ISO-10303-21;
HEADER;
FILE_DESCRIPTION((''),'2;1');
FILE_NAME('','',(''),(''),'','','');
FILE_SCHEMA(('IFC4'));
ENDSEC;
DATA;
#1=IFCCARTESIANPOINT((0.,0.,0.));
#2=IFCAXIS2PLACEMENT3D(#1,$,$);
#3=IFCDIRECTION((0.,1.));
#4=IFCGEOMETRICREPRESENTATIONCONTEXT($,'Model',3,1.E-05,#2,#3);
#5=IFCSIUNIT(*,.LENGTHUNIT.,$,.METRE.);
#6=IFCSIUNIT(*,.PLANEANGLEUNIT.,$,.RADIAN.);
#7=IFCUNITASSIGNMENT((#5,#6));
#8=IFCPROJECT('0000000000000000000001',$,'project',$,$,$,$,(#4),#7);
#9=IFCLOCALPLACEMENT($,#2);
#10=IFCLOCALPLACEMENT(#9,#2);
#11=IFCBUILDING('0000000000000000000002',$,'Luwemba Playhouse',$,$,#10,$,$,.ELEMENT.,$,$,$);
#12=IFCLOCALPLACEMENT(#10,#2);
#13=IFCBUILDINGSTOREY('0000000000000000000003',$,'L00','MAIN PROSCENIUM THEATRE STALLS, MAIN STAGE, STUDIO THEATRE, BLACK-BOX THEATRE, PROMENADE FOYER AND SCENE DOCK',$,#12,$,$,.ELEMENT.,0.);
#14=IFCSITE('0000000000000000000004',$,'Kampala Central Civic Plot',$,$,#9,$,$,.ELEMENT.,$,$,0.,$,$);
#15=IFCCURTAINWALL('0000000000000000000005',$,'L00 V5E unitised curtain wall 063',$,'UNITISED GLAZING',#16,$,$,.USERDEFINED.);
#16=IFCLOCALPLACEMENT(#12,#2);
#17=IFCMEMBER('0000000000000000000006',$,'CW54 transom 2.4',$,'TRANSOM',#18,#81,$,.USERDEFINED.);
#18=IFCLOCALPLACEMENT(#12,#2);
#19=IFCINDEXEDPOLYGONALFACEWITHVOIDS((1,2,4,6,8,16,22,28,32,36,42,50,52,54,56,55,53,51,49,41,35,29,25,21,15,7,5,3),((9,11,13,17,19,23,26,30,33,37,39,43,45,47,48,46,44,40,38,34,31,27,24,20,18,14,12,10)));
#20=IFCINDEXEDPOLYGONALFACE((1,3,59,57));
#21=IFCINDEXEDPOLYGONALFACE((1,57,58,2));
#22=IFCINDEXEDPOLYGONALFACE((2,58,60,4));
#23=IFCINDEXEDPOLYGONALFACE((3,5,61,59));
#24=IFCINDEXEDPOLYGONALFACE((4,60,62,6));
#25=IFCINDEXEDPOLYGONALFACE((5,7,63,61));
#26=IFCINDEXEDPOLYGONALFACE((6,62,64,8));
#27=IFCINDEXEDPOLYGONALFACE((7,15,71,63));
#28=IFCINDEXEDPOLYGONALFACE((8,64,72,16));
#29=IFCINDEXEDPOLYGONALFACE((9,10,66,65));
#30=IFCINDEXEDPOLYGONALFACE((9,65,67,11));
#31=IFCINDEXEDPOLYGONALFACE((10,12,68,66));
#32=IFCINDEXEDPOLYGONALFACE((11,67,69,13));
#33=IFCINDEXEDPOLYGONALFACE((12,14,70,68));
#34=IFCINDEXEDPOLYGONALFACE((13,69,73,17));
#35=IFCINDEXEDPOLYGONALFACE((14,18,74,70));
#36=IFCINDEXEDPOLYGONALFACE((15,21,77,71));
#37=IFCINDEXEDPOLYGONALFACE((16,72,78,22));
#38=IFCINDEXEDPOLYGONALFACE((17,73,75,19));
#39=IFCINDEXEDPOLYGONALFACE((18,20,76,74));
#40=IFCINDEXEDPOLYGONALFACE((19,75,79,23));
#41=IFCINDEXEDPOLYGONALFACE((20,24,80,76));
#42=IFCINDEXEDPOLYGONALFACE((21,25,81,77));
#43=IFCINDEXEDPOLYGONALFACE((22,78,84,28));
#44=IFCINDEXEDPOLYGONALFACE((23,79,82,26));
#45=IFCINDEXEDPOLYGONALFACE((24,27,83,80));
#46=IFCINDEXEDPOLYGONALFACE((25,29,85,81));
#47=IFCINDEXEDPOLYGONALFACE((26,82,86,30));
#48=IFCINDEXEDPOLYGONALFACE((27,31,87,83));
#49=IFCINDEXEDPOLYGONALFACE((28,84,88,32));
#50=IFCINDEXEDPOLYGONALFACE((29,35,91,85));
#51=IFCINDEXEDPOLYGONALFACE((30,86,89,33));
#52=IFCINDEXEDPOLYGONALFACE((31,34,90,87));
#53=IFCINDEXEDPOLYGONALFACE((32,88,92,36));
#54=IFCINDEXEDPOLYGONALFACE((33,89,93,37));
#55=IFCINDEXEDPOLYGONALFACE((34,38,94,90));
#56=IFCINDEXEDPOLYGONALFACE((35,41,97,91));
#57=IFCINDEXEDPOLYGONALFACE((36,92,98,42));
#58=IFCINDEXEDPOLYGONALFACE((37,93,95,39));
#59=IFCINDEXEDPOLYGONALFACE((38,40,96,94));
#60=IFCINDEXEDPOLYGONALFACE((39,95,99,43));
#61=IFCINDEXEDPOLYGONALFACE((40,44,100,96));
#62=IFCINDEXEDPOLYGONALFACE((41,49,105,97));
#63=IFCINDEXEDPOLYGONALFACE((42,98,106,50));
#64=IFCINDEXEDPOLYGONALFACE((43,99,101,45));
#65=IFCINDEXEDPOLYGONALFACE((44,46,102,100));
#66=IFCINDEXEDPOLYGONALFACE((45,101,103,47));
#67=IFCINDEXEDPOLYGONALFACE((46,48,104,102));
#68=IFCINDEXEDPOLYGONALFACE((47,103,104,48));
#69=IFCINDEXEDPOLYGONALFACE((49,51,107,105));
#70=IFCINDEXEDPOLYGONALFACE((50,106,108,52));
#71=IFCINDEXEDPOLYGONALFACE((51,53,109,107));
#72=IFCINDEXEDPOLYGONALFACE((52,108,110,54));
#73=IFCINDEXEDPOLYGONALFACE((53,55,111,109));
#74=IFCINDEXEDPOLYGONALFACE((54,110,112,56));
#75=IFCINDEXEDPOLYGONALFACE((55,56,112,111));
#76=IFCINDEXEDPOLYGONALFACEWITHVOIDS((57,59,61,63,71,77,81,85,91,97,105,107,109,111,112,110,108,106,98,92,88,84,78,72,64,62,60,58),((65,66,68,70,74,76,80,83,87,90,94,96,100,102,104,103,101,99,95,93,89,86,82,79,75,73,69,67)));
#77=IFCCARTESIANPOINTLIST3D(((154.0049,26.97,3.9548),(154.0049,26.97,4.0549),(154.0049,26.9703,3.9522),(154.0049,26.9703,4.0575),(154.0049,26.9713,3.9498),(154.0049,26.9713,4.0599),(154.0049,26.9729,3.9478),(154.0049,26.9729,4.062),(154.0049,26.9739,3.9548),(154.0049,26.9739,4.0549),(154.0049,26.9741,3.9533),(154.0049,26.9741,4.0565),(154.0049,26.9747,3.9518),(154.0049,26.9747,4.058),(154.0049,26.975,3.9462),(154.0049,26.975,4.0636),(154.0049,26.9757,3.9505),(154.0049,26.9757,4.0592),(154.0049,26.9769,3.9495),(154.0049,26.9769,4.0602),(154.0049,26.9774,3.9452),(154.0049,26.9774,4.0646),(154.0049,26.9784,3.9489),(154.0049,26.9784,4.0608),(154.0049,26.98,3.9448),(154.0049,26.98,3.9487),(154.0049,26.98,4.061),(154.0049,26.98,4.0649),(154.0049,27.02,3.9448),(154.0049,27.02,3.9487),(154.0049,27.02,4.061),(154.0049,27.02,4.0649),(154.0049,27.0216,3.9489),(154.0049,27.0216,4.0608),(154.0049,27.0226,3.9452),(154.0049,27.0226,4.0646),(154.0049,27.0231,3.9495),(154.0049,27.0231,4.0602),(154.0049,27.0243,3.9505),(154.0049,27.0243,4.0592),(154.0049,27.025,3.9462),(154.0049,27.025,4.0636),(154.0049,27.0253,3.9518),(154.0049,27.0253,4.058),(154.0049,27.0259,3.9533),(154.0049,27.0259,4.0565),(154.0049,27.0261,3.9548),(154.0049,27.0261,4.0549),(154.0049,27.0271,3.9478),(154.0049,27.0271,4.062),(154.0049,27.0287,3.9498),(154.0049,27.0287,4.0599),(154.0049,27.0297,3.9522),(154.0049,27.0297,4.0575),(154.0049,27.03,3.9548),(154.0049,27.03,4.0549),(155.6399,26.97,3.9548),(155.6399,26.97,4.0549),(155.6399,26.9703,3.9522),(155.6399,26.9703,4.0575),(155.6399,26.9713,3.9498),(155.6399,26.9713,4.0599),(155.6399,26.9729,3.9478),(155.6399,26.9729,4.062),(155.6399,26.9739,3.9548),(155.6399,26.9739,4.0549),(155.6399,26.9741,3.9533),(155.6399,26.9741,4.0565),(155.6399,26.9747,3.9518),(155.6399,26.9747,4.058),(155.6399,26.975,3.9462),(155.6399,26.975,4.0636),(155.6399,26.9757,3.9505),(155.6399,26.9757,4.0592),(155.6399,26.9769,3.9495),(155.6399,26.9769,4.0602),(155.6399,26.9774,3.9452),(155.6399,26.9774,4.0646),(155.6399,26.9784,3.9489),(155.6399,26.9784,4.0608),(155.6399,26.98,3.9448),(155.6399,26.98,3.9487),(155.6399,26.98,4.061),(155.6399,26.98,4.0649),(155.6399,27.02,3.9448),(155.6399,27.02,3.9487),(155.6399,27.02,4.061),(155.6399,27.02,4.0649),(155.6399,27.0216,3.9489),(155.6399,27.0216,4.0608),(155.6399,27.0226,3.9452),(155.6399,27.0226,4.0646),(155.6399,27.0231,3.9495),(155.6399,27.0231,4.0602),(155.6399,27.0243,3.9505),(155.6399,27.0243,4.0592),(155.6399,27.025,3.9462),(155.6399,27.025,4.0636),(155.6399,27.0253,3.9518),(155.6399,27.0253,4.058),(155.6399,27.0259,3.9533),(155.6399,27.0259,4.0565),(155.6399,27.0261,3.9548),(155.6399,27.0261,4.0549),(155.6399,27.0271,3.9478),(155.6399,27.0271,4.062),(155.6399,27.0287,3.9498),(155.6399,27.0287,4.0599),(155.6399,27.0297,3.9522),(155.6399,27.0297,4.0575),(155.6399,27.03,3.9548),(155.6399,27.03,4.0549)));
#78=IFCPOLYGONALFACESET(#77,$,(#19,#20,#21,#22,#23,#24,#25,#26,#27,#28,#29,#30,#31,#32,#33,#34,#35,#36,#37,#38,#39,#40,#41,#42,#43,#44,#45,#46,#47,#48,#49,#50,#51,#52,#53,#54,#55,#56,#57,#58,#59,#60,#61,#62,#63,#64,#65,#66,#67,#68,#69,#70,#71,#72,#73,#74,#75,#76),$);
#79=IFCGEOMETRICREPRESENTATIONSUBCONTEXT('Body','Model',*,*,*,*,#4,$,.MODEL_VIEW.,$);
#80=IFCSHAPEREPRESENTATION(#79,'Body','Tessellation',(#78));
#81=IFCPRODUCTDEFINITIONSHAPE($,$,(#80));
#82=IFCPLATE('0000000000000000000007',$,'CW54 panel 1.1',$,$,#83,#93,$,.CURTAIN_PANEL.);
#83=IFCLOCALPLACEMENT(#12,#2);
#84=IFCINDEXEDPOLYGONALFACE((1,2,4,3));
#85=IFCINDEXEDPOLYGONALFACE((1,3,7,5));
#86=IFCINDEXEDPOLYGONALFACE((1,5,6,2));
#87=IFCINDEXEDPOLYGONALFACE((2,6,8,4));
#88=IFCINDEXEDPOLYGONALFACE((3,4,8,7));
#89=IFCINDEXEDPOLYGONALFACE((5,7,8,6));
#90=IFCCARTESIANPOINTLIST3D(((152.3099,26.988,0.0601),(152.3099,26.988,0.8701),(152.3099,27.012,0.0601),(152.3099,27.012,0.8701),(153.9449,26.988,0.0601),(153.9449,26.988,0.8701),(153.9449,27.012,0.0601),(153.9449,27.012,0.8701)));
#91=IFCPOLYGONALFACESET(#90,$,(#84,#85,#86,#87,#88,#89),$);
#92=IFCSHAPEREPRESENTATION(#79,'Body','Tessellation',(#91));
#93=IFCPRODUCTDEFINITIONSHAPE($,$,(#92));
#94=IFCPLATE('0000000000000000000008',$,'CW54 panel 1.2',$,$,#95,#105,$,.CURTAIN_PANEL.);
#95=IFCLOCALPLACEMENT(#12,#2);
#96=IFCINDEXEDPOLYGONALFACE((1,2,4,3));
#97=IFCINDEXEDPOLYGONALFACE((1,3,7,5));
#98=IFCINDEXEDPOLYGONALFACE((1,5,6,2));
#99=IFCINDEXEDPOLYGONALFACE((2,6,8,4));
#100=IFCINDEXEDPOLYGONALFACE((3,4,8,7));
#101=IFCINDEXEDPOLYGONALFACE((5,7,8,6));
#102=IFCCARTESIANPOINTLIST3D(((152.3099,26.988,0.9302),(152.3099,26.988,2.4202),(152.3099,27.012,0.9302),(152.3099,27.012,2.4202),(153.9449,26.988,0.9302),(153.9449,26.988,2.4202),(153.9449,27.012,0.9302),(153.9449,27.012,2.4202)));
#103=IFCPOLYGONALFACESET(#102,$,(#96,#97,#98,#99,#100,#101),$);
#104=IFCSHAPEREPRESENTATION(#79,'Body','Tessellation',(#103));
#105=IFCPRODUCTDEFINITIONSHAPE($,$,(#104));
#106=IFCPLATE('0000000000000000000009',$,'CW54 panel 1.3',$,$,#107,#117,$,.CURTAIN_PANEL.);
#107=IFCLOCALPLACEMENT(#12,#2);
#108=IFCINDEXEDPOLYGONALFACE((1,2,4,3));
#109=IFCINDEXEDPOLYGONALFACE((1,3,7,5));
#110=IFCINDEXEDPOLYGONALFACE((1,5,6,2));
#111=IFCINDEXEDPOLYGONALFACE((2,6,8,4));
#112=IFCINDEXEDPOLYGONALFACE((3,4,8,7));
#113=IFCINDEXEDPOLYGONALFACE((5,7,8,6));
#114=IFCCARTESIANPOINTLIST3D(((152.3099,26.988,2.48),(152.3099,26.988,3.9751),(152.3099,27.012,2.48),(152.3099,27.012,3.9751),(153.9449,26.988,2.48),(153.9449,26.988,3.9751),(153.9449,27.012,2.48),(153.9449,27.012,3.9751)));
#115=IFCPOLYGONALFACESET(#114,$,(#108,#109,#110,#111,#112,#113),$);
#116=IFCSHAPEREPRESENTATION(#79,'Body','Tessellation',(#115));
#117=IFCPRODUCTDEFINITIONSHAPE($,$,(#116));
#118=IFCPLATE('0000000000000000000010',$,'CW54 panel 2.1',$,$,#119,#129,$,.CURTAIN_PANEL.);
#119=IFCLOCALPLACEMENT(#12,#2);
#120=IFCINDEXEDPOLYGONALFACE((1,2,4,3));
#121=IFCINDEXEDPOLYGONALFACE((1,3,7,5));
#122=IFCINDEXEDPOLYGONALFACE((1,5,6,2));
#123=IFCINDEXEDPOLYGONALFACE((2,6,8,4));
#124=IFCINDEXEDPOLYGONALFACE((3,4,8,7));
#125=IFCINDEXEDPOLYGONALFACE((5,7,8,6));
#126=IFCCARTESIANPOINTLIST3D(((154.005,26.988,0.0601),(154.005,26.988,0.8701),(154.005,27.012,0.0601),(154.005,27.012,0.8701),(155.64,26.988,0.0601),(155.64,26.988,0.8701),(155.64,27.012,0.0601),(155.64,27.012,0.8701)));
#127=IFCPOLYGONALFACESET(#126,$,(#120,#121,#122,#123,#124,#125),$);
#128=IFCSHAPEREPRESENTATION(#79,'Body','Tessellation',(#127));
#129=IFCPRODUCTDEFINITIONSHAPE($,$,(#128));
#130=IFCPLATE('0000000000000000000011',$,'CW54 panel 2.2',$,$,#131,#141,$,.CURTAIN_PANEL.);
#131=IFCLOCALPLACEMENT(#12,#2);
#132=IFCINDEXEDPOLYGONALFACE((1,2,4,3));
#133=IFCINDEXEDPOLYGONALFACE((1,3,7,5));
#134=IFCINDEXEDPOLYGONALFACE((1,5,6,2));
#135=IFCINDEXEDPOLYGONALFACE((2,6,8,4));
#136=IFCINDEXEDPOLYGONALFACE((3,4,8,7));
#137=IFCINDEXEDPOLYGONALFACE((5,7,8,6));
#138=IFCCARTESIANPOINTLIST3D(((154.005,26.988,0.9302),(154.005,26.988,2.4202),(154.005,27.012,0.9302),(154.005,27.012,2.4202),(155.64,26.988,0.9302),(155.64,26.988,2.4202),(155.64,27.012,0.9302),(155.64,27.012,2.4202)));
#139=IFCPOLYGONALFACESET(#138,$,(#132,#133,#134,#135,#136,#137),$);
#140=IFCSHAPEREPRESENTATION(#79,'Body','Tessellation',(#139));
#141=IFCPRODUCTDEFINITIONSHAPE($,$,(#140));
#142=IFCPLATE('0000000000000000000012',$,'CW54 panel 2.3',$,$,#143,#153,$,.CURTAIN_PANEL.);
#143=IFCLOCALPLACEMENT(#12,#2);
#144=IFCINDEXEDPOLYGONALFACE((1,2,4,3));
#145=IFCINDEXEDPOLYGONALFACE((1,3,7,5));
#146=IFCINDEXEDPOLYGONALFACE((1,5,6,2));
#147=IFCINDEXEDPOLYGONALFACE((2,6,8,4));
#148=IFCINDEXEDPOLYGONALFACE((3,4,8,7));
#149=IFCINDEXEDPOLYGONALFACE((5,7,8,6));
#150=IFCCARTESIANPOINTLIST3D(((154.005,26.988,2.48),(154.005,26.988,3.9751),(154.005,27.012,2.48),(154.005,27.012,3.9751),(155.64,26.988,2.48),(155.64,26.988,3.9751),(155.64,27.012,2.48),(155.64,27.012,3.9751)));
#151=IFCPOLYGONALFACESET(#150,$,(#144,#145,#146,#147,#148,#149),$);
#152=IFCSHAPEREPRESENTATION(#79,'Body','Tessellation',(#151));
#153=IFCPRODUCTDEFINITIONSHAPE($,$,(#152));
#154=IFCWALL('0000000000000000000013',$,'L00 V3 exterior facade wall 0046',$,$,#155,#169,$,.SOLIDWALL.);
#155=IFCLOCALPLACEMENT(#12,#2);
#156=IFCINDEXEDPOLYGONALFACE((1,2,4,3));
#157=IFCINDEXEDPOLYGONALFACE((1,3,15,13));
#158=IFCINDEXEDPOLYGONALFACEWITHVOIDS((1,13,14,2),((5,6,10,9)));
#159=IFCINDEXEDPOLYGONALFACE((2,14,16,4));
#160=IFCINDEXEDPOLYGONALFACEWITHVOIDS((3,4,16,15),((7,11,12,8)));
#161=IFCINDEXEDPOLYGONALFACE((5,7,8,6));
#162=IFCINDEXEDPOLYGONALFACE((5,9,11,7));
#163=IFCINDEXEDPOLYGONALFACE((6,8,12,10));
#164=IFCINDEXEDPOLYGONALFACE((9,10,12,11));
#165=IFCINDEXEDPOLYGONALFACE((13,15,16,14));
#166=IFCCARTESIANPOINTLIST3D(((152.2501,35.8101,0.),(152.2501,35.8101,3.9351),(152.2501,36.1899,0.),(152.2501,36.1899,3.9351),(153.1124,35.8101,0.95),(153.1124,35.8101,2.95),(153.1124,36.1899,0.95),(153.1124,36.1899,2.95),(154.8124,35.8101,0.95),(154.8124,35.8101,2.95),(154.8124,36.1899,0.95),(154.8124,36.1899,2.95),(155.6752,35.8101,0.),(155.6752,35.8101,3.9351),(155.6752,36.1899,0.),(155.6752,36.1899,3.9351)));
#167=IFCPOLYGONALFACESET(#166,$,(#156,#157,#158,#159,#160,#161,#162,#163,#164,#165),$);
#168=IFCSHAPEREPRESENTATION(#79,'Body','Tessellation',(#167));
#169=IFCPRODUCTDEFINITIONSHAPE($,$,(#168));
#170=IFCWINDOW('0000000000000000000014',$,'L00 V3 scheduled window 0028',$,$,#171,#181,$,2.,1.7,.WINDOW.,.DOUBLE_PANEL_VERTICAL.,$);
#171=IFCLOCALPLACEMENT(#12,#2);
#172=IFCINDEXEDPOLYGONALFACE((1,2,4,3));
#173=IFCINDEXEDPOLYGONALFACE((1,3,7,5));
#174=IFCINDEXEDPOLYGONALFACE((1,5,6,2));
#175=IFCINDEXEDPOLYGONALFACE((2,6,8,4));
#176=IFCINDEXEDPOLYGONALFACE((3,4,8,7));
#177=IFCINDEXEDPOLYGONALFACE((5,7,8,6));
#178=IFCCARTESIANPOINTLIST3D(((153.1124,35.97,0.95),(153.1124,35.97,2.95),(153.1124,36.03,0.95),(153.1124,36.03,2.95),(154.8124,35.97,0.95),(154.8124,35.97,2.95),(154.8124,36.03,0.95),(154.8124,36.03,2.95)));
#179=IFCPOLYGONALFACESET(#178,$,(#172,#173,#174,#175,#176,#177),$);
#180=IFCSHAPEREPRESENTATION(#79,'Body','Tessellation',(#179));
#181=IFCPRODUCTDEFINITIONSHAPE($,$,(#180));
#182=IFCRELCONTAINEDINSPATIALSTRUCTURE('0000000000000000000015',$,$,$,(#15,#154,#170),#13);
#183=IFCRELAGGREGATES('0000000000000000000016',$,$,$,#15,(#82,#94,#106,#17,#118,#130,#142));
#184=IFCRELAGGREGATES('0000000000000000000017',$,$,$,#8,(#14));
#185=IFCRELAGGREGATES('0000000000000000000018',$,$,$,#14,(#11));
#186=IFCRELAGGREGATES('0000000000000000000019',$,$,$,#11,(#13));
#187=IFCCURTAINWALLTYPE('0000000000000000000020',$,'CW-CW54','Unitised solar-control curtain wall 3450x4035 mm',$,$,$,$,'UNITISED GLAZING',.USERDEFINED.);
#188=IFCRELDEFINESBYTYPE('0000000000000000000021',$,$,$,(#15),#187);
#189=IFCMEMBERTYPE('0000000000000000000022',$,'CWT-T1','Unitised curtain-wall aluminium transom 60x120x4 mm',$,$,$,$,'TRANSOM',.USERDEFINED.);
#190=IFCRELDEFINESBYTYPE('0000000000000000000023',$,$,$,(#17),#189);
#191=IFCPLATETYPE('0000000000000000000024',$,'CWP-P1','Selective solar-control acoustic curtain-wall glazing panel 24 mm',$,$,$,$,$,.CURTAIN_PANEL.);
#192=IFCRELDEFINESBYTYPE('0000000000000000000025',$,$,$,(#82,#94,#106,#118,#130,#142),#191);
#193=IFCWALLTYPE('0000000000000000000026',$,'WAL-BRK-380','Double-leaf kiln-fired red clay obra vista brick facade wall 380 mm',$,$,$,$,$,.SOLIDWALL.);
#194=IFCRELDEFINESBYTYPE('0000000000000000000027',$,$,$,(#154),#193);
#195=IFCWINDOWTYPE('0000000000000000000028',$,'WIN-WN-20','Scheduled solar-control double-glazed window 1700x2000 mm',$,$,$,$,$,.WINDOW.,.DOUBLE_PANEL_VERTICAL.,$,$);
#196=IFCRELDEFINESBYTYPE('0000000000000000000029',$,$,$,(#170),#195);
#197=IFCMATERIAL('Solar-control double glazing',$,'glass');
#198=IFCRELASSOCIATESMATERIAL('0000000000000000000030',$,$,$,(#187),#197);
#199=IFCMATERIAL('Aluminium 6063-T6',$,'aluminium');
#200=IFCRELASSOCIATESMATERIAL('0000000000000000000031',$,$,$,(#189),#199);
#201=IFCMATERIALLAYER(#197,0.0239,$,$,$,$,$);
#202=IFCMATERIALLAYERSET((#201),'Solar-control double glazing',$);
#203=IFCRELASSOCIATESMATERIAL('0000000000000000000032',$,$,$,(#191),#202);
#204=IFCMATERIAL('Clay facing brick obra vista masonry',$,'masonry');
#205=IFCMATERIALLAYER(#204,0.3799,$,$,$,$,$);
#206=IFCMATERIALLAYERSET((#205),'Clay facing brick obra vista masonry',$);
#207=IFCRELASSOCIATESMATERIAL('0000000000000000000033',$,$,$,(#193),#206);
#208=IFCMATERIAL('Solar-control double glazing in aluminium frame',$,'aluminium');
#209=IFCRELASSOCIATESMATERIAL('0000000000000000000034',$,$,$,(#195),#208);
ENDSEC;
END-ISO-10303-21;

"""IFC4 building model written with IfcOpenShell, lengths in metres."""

from ifc_helpers import new_model, si_unit, direction, frame, frame_2d, origin, origin_2d, place, context, subcontext, project, spatial, rectangle, hollow_rectangle, extrude, material, layer, layer_set, material_profile, profile_set, type_object, element, fill, aggregate, save


model = new_model("IFC4")

# Units and contexts
model_context = context("Model", 3, precision=1e-05, world=origin(), true_north=direction((0.0, 1.0)))
body_context = subcontext(model_context, "Body", "Model", "MODEL_VIEW")
ifc_project = project(units=[si_unit("LENGTHUNIT", "METRE"), si_unit("PLANEANGLEUNIT", "RADIAN")], contexts=[model_context])

# Site, building, storey
site_placement = place(None, origin())
site = spatial("IfcSite", under=ifc_project, at=site_placement, Name="Kampala Central Civic Plot", CompositionType="ELEMENT", RefElevation=0.0)
building_placement = place(site_placement, origin())
building = spatial("IfcBuilding", under=site, at=building_placement, Name="Luwemba Playhouse", CompositionType="ELEMENT")
storey_placement = place(building_placement, origin())
storey = spatial("IfcBuildingStorey", under=building, at=storey_placement, Name="L00", Description="MAIN PROSCENIUM THEATRE STALLS, MAIN STAGE, STUDIO THEATRE, BLACK-BOX THEATRE, PROMENADE FOYER AND SCENE DOCK", CompositionType="ELEMENT", Elevation=0.0)

# Curtain wall, member, plates
ifc_material_1 = material(Name="Solar-control double glazing", Category="glass")
curtain_wall_type = type_object("IfcCurtainWallType", Name="CW-CW54", Description="Unitised solar-control curtain wall 3450x4035 mm", ElementType="UNITISED GLAZING", PredefinedType="USERDEFINED", material=ifc_material_1)
curtain_wall_placement = place(storey_placement, origin())
curtain_wall = element("IfcCurtainWall", 1, at=curtain_wall_placement, inside=storey, type_object=curtain_wall_type, Name="L00 V5E unitised curtain wall 063", ObjectType="UNITISED GLAZING", PredefinedType="USERDEFINED")
ifc_material_2 = material(Name="Aluminium 6063-T6", Category="aluminium")
ifc_material_profile_1 = material_profile(ifc_material_2, hollow_rectangle(XDim=0.0601, YDim=0.1201, WallThickness=0.0039, InnerFilletRadius=0.0061, OuterFilletRadius=0.01, at=origin_2d()))
ifc_profile_set_1 = profile_set([ifc_material_profile_1], Name="Aluminium 6063-T6")
member_type_1 = type_object("IfcMemberType", Name="CWT-T1", Description="Unitised curtain-wall aluminium transom 60x120x4 mm", ElementType="TRANSOM", PredefinedType="USERDEFINED", material=ifc_profile_set_1)
member_1_placement = place(storey_placement, frame((154.0049, 27.0, 4.0049), z_axis=(1.0, 0.0, 0.0), x_axis=(0.0, 1.0, 0.0)))
member_1 = element("IfcMember", 2, at=member_1_placement, type_object=member_type_1, Name="CW54 transom 2.4", ObjectType="TRANSOM", PredefinedType="USERDEFINED", context=body_context, shape_type="SweptSolid", body=[
    extrude(hollow_rectangle(XDim=0.0601, YDim=0.1201, WallThickness=0.0039, InnerFilletRadius=0.0061, OuterFilletRadius=0.01, at=origin_2d()), origin(), (0.0, 0.0, 1.0), 1.635),
])
ifc_layer_1 = layer(ifc_material_1, 0.0239)
ifc_layer_set_1 = layer_set([ifc_layer_1], Name="Solar-control double glazing")
plate_type = type_object("IfcPlateType", Name="CWP-P1", Description="Selective solar-control acoustic curtain-wall glazing panel 24 mm", PredefinedType="CURTAIN_PANEL", material=ifc_layer_set_1)
plate_1_placement = place(storey_placement, frame((153.1274, 27.0, 0.0601), z_axis=(0.0, 0.0, 1.0), x_axis=(1.0, 0.0, 0.0)))
plate_1 = element("IfcPlate", 3, at=plate_1_placement, type_object=plate_type, Name="CW54 panel 1.1", PredefinedType="CURTAIN_PANEL", context=body_context, shape_type="SweptSolid", body=[
    extrude(rectangle(XDim=1.635, YDim=0.0239, at=origin_2d()), origin(), (0.0, 0.0, 1.0), 0.8101),
])
plate_2_placement = place(storey_placement, frame((153.1274, 27.0, 0.9302), z_axis=(0.0, 0.0, 1.0), x_axis=(1.0, 0.0, 0.0)))
plate_2 = element("IfcPlate", 4, at=plate_2_placement, type_object=plate_type, Name="CW54 panel 1.2", PredefinedType="CURTAIN_PANEL", context=body_context, shape_type="SweptSolid", body=[
    extrude(rectangle(XDim=1.635, YDim=0.0239, at=origin_2d()), origin(), (0.0, 0.0, 1.0), 1.49),
])
plate_3_placement = place(storey_placement, frame((153.1274, 27.0, 2.48), z_axis=(0.0, 0.0, 1.0), x_axis=(1.0, 0.0, 0.0)))
plate_3 = element("IfcPlate", 5, at=plate_3_placement, type_object=plate_type, Name="CW54 panel 1.3", PredefinedType="CURTAIN_PANEL", context=body_context, shape_type="SweptSolid", body=[
    extrude(rectangle(XDim=1.635, YDim=0.0239, at=origin_2d()), origin(), (0.0, 0.0, 1.0), 1.4951),
])
plate_4_placement = place(storey_placement, frame((154.8225, 27.0, 0.0601), z_axis=(0.0, 0.0, 1.0), x_axis=(1.0, 0.0, 0.0)))
plate_4 = element("IfcPlate", 6, at=plate_4_placement, type_object=plate_type, Name="CW54 panel 2.1", PredefinedType="CURTAIN_PANEL", context=body_context, shape_type="SweptSolid", body=[
    extrude(rectangle(XDim=1.635, YDim=0.0239, at=origin_2d()), origin(), (0.0, 0.0, 1.0), 0.8101),
])
plate_5_placement = place(storey_placement, frame((154.8225, 27.0, 0.9302), z_axis=(0.0, 0.0, 1.0), x_axis=(1.0, 0.0, 0.0)))
plate_5 = element("IfcPlate", 7, at=plate_5_placement, type_object=plate_type, Name="CW54 panel 2.2", PredefinedType="CURTAIN_PANEL", context=body_context, shape_type="SweptSolid", body=[
    extrude(rectangle(XDim=1.635, YDim=0.0239, at=origin_2d()), origin(), (0.0, 0.0, 1.0), 1.49),
])
plate_6_placement = place(storey_placement, frame((154.8225, 27.0, 2.48), z_axis=(0.0, 0.0, 1.0), x_axis=(1.0, 0.0, 0.0)))
plate_6 = element("IfcPlate", 8, at=plate_6_placement, type_object=plate_type, Name="CW54 panel 2.3", PredefinedType="CURTAIN_PANEL", context=body_context, shape_type="SweptSolid", body=[
    extrude(rectangle(XDim=1.635, YDim=0.0239, at=origin_2d()), origin(), (0.0, 0.0, 1.0), 1.4951),
])
aggregate(curtain_wall, [plate_1, plate_2, plate_3, member_1, plate_4, plate_5, plate_6])

# Wall, opening, window
ifc_material_3 = material(Name="Clay facing brick obra vista masonry", Category="masonry")
ifc_layer_2 = layer(ifc_material_3, 0.3799)
ifc_layer_set_2 = layer_set([ifc_layer_2], Name="Clay facing brick obra vista masonry")
wall_type = type_object("IfcWallType", Name="WAL-BRK-380", Description="Double-leaf kiln-fired red clay obra vista brick facade wall 380 mm", PredefinedType="SOLIDWALL", material=ifc_layer_set_2)
wall_1_placement = place(storey_placement, frame((155.675, 36.0, 0.0), z_axis=(0.0, 0.0, 1.0), x_axis=(-1.0, 0.0, 0.0)))
wall_1 = element("IfcWall", 9, at=wall_1_placement, inside=storey, type_object=wall_type, Name="L00 V3 exterior facade wall 0046", PredefinedType="SOLIDWALL", context=body_context, shape_type="SweptSolid", body=[
    extrude(rectangle(XDim=3.425, YDim=0.3799, at=frame_2d((1.7124, 0.0))), origin(), (0.0, 0.0, 1.0), 3.9351),
])
opening_1_placement = place(wall_1_placement, frame((0.8625, 0.0, 0.95)))
opening_1 = element("IfcOpeningElement", 10, at=opening_1_placement, cuts=wall_1, PredefinedType="OPENING", context=body_context, shape_type="SweptSolid", body=[
    extrude(rectangle(XDim=1.7, YDim=2.0, at=frame_2d((0.8501, 1.0))), frame((0.0, 0.2, 0.0), z_axis=(0.0, -1.0, 0.0), x_axis=(1.0, 0.0, 0.0)), (0.0, 0.0, 1.0), 0.3999),
])
ifc_material_4 = material(Name="Solar-control double glazing in aluminium frame", Category="aluminium")
window_type_1 = type_object("IfcWindowType", Name="WIN-WN-20", Description="Scheduled solar-control double-glazed window 1700x2000 mm", PartitioningType="DOUBLE_PANEL_VERTICAL", PredefinedType="WINDOW", material=ifc_material_4)
window_1_placement = place(opening_1_placement, origin())
window_1 = element("IfcWindow", 11, at=window_1_placement, inside=storey, type_object=window_type_1, Name="L00 V3 scheduled window 0028", OverallHeight=2.0, OverallWidth=1.7, PartitioningType="DOUBLE_PANEL_VERTICAL", PredefinedType="WINDOW", context=body_context, shape_type="SweptSolid", body=[
    extrude(rectangle(XDim=1.7, YDim=2.0, at=frame_2d((0.8501, 1.0))), frame((0.0, 0.03, 0.0), z_axis=(0.0, -1.0, 0.0), x_axis=(1.0, 0.0, 0.0)), (0.0, 0.0, 1.0), 0.0601),
])
fill(opening_1, window_1)

save(model, "model.ifc")
